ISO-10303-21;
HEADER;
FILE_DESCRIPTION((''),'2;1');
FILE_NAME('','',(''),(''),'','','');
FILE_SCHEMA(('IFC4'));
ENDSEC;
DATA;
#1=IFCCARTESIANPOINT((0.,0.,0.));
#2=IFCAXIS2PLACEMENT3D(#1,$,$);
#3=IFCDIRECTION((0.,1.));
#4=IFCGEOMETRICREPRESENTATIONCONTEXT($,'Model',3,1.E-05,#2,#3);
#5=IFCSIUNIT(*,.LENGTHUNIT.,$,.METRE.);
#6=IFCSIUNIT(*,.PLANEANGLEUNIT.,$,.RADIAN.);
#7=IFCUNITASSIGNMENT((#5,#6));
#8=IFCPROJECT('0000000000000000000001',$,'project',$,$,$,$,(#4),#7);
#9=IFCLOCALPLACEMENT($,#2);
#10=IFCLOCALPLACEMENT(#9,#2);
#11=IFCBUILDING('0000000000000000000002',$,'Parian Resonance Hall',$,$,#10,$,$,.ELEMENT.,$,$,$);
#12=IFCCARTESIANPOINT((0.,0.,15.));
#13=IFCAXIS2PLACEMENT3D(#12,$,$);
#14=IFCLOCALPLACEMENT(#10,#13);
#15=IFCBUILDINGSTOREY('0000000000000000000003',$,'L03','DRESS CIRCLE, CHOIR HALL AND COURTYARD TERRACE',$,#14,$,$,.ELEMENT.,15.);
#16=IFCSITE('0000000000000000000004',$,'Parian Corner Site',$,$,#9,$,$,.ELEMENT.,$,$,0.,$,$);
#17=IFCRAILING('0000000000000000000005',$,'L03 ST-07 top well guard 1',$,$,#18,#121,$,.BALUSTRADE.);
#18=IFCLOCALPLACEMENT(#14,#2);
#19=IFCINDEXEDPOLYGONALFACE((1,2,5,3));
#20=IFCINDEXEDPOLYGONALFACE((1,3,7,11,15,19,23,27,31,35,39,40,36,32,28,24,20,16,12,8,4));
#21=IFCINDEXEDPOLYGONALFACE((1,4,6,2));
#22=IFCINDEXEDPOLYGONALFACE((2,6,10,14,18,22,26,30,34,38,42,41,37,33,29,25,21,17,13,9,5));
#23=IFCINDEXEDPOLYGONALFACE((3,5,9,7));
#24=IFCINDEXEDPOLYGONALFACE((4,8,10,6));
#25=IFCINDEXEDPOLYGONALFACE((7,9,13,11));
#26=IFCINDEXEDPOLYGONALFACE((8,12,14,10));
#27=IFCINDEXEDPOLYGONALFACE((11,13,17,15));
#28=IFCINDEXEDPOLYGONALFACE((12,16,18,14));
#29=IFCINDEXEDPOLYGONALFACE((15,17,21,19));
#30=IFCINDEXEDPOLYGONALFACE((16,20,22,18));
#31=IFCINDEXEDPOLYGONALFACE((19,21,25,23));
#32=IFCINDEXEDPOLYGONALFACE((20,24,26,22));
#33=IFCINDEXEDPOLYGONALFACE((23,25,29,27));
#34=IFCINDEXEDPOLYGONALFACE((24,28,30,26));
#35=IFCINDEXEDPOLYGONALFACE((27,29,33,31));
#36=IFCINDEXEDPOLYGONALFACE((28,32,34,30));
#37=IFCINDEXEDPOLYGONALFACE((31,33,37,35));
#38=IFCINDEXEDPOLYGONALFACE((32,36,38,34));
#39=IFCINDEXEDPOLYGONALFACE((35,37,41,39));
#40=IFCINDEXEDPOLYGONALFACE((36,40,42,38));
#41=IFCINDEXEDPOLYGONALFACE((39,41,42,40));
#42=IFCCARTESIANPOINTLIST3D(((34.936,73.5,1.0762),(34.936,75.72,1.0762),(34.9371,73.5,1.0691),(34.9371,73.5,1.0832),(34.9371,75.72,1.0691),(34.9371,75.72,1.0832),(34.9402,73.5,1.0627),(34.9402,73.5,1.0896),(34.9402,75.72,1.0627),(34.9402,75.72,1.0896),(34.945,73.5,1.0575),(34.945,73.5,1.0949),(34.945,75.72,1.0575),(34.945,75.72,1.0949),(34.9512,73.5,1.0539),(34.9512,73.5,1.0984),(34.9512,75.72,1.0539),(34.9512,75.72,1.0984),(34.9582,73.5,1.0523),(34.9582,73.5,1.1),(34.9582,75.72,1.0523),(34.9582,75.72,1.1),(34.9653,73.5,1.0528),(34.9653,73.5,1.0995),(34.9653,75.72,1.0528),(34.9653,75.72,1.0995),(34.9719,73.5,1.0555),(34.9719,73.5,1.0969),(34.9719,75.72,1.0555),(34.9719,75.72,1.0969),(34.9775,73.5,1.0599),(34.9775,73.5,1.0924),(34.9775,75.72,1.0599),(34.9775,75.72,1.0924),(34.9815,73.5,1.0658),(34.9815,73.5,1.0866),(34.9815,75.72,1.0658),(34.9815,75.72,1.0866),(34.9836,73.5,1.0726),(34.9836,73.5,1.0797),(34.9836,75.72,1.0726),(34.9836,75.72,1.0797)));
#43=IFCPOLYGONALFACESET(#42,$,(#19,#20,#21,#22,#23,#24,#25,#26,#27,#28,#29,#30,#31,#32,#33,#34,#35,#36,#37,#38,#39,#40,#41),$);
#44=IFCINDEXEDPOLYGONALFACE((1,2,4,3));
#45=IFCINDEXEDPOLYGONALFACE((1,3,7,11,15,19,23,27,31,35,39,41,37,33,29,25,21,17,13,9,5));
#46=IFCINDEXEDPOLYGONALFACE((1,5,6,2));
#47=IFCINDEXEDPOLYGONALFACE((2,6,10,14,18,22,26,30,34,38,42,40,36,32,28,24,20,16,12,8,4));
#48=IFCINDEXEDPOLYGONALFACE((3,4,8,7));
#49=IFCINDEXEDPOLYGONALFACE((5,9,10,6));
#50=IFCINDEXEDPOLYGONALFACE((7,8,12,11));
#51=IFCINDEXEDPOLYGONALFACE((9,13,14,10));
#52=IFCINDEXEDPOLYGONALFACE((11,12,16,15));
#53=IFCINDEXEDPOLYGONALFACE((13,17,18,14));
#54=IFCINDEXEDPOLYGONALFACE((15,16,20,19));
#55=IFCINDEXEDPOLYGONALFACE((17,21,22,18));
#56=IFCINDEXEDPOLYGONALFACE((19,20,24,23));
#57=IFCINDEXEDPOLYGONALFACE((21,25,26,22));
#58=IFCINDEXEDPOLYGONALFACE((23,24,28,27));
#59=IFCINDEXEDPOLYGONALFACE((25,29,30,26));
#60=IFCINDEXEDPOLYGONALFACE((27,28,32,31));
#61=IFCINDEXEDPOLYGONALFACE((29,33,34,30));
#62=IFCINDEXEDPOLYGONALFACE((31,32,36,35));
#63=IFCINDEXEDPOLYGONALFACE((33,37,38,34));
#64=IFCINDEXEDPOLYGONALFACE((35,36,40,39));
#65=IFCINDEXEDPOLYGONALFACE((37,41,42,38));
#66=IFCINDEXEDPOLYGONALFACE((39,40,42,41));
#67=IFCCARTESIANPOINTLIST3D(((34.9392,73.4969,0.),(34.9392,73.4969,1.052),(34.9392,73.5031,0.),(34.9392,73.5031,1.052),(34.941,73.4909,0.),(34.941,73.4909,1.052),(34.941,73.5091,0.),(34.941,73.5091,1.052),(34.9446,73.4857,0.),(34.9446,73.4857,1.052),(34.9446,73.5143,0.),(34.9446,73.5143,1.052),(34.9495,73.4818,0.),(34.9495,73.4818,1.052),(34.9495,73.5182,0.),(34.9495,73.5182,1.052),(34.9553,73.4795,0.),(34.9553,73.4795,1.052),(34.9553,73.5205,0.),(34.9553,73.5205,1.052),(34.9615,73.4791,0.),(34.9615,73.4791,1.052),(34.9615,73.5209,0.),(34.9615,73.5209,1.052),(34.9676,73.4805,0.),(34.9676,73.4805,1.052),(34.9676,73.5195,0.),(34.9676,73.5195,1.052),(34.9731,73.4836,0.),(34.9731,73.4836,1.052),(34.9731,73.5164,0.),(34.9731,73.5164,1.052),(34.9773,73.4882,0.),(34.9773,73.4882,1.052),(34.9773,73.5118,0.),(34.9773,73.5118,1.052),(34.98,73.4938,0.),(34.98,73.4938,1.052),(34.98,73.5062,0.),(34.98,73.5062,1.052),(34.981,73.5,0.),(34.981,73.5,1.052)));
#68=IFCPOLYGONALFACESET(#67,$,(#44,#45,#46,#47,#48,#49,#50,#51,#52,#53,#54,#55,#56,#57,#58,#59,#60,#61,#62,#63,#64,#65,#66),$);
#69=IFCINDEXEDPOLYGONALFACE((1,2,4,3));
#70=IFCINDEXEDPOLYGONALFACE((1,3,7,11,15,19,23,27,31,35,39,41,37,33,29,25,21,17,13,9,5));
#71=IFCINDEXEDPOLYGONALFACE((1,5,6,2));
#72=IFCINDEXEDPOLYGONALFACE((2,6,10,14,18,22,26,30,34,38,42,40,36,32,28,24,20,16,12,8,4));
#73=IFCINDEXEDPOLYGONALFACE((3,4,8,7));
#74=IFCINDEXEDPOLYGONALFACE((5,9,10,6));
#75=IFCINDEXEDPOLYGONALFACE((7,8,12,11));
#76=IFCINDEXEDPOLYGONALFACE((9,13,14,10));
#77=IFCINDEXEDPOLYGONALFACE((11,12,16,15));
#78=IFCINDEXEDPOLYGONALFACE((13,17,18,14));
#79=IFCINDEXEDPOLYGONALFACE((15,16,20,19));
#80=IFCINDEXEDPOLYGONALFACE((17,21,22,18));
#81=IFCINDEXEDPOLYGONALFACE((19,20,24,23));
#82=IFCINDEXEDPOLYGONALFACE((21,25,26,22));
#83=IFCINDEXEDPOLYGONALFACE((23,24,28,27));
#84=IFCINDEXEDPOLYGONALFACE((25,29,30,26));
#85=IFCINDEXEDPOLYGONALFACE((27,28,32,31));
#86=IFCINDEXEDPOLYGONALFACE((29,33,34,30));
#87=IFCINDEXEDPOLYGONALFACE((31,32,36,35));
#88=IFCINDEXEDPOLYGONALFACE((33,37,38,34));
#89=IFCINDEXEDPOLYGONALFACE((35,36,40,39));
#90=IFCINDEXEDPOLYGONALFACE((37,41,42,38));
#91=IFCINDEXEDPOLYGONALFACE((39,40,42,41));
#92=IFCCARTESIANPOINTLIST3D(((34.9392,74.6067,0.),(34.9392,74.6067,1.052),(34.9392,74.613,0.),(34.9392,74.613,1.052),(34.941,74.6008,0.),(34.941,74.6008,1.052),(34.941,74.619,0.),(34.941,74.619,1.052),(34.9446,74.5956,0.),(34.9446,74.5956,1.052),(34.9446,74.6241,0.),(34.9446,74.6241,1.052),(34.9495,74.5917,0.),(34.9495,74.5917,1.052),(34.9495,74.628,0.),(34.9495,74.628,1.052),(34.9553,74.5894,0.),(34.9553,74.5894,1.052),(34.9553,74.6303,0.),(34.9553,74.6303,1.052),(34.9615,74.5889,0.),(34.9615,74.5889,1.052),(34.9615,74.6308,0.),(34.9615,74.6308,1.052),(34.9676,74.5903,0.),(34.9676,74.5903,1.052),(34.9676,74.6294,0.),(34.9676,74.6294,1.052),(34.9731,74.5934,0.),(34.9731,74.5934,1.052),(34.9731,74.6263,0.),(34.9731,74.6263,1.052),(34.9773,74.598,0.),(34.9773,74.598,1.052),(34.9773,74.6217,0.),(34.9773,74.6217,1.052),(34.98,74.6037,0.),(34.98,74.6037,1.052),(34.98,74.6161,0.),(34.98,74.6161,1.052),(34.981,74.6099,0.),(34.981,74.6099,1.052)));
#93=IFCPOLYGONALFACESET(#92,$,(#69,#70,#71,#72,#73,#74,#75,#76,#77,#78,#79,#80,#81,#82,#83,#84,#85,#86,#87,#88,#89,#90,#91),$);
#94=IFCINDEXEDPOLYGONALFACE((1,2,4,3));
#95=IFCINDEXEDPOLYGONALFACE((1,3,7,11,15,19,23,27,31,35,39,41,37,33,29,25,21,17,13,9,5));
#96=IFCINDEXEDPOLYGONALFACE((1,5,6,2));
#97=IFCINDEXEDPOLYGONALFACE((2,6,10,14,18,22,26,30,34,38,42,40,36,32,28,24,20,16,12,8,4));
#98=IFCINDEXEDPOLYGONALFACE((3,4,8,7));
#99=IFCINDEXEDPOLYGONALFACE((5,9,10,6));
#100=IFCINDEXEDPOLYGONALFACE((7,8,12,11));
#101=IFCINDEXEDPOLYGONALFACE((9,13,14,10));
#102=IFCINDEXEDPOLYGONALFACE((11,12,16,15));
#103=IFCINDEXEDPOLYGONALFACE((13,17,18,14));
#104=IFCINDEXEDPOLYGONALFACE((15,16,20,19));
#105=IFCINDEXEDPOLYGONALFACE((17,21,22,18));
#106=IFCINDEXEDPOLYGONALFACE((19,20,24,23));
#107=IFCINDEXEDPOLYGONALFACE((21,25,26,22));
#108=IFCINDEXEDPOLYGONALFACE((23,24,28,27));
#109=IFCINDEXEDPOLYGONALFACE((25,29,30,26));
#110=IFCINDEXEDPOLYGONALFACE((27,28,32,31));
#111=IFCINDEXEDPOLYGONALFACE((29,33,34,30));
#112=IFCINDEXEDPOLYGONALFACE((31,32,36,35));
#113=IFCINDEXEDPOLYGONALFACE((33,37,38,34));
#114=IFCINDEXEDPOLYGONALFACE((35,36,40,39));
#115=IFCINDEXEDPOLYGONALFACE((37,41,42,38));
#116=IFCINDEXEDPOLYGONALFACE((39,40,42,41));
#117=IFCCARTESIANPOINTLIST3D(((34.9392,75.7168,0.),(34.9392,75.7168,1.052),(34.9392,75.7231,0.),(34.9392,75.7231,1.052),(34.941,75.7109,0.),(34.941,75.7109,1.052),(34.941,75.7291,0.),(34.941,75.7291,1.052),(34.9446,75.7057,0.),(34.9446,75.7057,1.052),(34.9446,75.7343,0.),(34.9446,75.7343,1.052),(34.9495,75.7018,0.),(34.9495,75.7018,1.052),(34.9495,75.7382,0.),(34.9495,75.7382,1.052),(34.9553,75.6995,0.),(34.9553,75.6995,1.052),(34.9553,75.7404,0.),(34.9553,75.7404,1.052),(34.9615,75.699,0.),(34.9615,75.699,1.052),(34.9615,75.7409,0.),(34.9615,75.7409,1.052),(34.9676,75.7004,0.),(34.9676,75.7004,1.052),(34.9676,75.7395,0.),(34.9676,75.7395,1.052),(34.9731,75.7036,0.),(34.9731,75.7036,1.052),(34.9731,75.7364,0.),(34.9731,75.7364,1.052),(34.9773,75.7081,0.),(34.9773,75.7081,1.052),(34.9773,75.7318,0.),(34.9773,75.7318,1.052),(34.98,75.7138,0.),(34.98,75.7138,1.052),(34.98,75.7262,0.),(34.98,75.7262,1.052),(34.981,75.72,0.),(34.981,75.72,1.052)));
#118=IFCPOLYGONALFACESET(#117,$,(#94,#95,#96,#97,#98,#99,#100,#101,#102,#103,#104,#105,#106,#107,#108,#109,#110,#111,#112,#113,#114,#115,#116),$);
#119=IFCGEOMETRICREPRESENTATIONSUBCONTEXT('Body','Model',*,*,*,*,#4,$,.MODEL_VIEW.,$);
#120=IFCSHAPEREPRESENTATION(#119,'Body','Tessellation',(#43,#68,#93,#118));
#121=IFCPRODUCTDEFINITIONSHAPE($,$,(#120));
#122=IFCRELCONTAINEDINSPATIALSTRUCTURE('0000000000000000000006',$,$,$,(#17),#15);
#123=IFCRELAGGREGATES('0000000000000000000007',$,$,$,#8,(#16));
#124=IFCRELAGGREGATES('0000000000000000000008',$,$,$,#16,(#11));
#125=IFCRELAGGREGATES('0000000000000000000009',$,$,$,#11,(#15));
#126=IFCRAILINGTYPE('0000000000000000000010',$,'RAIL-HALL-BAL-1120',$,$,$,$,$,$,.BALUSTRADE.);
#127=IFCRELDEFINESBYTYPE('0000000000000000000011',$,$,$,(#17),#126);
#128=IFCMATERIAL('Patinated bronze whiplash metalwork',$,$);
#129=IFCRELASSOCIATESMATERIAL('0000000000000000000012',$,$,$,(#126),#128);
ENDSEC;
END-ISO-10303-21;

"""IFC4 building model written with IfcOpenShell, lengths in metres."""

from ifc_helpers import new_model, si_unit, direction, frame, origin, origin_2d, place, context, subcontext, project, spatial, circle, extrude, material, type_object, element, save


model = new_model("IFC4")

# Units and contexts
model_context = context("Model", 3, precision=1e-05, world=origin(), true_north=direction((0.0, 1.0)))
body_context = subcontext(model_context, "Body", "Model", "MODEL_VIEW")
ifc_project = project(units=[si_unit("LENGTHUNIT", "METRE"), si_unit("PLANEANGLEUNIT", "RADIAN")], contexts=[model_context])

# Site, building, storey
site_placement = place(None, origin())
site = spatial("IfcSite", under=ifc_project, at=site_placement, Name="Parian Corner Site", CompositionType="ELEMENT", RefElevation=0.0)
building_placement = place(site_placement, origin())
building = spatial("IfcBuilding", under=site, at=building_placement, Name="Parian Resonance Hall", CompositionType="ELEMENT")
storey_placement = place(building_placement, frame((0.0, 0.0, 15.0)))
storey = spatial("IfcBuildingStorey", under=building, at=storey_placement, Name="L03", Description="DRESS CIRCLE, CHOIR HALL AND COURTYARD TERRACE", CompositionType="ELEMENT", Elevation=15.0)

# Railing
ifc_material_1 = material(Name="Patinated bronze whiplash metalwork")
railing_type = type_object("IfcRailingType", Name="RAIL-HALL-BAL-1120", PredefinedType="BALUSTRADE", material=ifc_material_1)
railing_1_placement = place(storey_placement, frame((34.96, 73.5, 0.0)))
element("IfcRailing", 1, at=railing_1_placement, inside=storey, type_object=railing_type, Name="L03 ST-07 top well guard 1", PredefinedType="BALUSTRADE", context=body_context, shape_type="SweptSolid", body=[
    extrude(circle(Radius=0.0239, at=origin_2d()), frame((0.0, 0.0, 1.0762), z_axis=(0.0, 1.0, 0.0), x_axis=(-1.0, 0.0, 0.0)), (0.0, 0.0, 1.0), 2.22),
    extrude(circle(Radius=0.021, at=origin_2d()), origin(), (0.0, 0.0, 1.0), 1.052),
    extrude(circle(Radius=0.021, at=origin_2d()), frame((0.0, 1.1099, 0.0)), (0.0, 0.0, 1.0), 1.052),
    extrude(circle(Radius=0.021, at=origin_2d()), frame((0.0, 2.22, 0.0)), (0.0, 0.0, 1.0), 1.052),
])

save(model, "model.ifc")
